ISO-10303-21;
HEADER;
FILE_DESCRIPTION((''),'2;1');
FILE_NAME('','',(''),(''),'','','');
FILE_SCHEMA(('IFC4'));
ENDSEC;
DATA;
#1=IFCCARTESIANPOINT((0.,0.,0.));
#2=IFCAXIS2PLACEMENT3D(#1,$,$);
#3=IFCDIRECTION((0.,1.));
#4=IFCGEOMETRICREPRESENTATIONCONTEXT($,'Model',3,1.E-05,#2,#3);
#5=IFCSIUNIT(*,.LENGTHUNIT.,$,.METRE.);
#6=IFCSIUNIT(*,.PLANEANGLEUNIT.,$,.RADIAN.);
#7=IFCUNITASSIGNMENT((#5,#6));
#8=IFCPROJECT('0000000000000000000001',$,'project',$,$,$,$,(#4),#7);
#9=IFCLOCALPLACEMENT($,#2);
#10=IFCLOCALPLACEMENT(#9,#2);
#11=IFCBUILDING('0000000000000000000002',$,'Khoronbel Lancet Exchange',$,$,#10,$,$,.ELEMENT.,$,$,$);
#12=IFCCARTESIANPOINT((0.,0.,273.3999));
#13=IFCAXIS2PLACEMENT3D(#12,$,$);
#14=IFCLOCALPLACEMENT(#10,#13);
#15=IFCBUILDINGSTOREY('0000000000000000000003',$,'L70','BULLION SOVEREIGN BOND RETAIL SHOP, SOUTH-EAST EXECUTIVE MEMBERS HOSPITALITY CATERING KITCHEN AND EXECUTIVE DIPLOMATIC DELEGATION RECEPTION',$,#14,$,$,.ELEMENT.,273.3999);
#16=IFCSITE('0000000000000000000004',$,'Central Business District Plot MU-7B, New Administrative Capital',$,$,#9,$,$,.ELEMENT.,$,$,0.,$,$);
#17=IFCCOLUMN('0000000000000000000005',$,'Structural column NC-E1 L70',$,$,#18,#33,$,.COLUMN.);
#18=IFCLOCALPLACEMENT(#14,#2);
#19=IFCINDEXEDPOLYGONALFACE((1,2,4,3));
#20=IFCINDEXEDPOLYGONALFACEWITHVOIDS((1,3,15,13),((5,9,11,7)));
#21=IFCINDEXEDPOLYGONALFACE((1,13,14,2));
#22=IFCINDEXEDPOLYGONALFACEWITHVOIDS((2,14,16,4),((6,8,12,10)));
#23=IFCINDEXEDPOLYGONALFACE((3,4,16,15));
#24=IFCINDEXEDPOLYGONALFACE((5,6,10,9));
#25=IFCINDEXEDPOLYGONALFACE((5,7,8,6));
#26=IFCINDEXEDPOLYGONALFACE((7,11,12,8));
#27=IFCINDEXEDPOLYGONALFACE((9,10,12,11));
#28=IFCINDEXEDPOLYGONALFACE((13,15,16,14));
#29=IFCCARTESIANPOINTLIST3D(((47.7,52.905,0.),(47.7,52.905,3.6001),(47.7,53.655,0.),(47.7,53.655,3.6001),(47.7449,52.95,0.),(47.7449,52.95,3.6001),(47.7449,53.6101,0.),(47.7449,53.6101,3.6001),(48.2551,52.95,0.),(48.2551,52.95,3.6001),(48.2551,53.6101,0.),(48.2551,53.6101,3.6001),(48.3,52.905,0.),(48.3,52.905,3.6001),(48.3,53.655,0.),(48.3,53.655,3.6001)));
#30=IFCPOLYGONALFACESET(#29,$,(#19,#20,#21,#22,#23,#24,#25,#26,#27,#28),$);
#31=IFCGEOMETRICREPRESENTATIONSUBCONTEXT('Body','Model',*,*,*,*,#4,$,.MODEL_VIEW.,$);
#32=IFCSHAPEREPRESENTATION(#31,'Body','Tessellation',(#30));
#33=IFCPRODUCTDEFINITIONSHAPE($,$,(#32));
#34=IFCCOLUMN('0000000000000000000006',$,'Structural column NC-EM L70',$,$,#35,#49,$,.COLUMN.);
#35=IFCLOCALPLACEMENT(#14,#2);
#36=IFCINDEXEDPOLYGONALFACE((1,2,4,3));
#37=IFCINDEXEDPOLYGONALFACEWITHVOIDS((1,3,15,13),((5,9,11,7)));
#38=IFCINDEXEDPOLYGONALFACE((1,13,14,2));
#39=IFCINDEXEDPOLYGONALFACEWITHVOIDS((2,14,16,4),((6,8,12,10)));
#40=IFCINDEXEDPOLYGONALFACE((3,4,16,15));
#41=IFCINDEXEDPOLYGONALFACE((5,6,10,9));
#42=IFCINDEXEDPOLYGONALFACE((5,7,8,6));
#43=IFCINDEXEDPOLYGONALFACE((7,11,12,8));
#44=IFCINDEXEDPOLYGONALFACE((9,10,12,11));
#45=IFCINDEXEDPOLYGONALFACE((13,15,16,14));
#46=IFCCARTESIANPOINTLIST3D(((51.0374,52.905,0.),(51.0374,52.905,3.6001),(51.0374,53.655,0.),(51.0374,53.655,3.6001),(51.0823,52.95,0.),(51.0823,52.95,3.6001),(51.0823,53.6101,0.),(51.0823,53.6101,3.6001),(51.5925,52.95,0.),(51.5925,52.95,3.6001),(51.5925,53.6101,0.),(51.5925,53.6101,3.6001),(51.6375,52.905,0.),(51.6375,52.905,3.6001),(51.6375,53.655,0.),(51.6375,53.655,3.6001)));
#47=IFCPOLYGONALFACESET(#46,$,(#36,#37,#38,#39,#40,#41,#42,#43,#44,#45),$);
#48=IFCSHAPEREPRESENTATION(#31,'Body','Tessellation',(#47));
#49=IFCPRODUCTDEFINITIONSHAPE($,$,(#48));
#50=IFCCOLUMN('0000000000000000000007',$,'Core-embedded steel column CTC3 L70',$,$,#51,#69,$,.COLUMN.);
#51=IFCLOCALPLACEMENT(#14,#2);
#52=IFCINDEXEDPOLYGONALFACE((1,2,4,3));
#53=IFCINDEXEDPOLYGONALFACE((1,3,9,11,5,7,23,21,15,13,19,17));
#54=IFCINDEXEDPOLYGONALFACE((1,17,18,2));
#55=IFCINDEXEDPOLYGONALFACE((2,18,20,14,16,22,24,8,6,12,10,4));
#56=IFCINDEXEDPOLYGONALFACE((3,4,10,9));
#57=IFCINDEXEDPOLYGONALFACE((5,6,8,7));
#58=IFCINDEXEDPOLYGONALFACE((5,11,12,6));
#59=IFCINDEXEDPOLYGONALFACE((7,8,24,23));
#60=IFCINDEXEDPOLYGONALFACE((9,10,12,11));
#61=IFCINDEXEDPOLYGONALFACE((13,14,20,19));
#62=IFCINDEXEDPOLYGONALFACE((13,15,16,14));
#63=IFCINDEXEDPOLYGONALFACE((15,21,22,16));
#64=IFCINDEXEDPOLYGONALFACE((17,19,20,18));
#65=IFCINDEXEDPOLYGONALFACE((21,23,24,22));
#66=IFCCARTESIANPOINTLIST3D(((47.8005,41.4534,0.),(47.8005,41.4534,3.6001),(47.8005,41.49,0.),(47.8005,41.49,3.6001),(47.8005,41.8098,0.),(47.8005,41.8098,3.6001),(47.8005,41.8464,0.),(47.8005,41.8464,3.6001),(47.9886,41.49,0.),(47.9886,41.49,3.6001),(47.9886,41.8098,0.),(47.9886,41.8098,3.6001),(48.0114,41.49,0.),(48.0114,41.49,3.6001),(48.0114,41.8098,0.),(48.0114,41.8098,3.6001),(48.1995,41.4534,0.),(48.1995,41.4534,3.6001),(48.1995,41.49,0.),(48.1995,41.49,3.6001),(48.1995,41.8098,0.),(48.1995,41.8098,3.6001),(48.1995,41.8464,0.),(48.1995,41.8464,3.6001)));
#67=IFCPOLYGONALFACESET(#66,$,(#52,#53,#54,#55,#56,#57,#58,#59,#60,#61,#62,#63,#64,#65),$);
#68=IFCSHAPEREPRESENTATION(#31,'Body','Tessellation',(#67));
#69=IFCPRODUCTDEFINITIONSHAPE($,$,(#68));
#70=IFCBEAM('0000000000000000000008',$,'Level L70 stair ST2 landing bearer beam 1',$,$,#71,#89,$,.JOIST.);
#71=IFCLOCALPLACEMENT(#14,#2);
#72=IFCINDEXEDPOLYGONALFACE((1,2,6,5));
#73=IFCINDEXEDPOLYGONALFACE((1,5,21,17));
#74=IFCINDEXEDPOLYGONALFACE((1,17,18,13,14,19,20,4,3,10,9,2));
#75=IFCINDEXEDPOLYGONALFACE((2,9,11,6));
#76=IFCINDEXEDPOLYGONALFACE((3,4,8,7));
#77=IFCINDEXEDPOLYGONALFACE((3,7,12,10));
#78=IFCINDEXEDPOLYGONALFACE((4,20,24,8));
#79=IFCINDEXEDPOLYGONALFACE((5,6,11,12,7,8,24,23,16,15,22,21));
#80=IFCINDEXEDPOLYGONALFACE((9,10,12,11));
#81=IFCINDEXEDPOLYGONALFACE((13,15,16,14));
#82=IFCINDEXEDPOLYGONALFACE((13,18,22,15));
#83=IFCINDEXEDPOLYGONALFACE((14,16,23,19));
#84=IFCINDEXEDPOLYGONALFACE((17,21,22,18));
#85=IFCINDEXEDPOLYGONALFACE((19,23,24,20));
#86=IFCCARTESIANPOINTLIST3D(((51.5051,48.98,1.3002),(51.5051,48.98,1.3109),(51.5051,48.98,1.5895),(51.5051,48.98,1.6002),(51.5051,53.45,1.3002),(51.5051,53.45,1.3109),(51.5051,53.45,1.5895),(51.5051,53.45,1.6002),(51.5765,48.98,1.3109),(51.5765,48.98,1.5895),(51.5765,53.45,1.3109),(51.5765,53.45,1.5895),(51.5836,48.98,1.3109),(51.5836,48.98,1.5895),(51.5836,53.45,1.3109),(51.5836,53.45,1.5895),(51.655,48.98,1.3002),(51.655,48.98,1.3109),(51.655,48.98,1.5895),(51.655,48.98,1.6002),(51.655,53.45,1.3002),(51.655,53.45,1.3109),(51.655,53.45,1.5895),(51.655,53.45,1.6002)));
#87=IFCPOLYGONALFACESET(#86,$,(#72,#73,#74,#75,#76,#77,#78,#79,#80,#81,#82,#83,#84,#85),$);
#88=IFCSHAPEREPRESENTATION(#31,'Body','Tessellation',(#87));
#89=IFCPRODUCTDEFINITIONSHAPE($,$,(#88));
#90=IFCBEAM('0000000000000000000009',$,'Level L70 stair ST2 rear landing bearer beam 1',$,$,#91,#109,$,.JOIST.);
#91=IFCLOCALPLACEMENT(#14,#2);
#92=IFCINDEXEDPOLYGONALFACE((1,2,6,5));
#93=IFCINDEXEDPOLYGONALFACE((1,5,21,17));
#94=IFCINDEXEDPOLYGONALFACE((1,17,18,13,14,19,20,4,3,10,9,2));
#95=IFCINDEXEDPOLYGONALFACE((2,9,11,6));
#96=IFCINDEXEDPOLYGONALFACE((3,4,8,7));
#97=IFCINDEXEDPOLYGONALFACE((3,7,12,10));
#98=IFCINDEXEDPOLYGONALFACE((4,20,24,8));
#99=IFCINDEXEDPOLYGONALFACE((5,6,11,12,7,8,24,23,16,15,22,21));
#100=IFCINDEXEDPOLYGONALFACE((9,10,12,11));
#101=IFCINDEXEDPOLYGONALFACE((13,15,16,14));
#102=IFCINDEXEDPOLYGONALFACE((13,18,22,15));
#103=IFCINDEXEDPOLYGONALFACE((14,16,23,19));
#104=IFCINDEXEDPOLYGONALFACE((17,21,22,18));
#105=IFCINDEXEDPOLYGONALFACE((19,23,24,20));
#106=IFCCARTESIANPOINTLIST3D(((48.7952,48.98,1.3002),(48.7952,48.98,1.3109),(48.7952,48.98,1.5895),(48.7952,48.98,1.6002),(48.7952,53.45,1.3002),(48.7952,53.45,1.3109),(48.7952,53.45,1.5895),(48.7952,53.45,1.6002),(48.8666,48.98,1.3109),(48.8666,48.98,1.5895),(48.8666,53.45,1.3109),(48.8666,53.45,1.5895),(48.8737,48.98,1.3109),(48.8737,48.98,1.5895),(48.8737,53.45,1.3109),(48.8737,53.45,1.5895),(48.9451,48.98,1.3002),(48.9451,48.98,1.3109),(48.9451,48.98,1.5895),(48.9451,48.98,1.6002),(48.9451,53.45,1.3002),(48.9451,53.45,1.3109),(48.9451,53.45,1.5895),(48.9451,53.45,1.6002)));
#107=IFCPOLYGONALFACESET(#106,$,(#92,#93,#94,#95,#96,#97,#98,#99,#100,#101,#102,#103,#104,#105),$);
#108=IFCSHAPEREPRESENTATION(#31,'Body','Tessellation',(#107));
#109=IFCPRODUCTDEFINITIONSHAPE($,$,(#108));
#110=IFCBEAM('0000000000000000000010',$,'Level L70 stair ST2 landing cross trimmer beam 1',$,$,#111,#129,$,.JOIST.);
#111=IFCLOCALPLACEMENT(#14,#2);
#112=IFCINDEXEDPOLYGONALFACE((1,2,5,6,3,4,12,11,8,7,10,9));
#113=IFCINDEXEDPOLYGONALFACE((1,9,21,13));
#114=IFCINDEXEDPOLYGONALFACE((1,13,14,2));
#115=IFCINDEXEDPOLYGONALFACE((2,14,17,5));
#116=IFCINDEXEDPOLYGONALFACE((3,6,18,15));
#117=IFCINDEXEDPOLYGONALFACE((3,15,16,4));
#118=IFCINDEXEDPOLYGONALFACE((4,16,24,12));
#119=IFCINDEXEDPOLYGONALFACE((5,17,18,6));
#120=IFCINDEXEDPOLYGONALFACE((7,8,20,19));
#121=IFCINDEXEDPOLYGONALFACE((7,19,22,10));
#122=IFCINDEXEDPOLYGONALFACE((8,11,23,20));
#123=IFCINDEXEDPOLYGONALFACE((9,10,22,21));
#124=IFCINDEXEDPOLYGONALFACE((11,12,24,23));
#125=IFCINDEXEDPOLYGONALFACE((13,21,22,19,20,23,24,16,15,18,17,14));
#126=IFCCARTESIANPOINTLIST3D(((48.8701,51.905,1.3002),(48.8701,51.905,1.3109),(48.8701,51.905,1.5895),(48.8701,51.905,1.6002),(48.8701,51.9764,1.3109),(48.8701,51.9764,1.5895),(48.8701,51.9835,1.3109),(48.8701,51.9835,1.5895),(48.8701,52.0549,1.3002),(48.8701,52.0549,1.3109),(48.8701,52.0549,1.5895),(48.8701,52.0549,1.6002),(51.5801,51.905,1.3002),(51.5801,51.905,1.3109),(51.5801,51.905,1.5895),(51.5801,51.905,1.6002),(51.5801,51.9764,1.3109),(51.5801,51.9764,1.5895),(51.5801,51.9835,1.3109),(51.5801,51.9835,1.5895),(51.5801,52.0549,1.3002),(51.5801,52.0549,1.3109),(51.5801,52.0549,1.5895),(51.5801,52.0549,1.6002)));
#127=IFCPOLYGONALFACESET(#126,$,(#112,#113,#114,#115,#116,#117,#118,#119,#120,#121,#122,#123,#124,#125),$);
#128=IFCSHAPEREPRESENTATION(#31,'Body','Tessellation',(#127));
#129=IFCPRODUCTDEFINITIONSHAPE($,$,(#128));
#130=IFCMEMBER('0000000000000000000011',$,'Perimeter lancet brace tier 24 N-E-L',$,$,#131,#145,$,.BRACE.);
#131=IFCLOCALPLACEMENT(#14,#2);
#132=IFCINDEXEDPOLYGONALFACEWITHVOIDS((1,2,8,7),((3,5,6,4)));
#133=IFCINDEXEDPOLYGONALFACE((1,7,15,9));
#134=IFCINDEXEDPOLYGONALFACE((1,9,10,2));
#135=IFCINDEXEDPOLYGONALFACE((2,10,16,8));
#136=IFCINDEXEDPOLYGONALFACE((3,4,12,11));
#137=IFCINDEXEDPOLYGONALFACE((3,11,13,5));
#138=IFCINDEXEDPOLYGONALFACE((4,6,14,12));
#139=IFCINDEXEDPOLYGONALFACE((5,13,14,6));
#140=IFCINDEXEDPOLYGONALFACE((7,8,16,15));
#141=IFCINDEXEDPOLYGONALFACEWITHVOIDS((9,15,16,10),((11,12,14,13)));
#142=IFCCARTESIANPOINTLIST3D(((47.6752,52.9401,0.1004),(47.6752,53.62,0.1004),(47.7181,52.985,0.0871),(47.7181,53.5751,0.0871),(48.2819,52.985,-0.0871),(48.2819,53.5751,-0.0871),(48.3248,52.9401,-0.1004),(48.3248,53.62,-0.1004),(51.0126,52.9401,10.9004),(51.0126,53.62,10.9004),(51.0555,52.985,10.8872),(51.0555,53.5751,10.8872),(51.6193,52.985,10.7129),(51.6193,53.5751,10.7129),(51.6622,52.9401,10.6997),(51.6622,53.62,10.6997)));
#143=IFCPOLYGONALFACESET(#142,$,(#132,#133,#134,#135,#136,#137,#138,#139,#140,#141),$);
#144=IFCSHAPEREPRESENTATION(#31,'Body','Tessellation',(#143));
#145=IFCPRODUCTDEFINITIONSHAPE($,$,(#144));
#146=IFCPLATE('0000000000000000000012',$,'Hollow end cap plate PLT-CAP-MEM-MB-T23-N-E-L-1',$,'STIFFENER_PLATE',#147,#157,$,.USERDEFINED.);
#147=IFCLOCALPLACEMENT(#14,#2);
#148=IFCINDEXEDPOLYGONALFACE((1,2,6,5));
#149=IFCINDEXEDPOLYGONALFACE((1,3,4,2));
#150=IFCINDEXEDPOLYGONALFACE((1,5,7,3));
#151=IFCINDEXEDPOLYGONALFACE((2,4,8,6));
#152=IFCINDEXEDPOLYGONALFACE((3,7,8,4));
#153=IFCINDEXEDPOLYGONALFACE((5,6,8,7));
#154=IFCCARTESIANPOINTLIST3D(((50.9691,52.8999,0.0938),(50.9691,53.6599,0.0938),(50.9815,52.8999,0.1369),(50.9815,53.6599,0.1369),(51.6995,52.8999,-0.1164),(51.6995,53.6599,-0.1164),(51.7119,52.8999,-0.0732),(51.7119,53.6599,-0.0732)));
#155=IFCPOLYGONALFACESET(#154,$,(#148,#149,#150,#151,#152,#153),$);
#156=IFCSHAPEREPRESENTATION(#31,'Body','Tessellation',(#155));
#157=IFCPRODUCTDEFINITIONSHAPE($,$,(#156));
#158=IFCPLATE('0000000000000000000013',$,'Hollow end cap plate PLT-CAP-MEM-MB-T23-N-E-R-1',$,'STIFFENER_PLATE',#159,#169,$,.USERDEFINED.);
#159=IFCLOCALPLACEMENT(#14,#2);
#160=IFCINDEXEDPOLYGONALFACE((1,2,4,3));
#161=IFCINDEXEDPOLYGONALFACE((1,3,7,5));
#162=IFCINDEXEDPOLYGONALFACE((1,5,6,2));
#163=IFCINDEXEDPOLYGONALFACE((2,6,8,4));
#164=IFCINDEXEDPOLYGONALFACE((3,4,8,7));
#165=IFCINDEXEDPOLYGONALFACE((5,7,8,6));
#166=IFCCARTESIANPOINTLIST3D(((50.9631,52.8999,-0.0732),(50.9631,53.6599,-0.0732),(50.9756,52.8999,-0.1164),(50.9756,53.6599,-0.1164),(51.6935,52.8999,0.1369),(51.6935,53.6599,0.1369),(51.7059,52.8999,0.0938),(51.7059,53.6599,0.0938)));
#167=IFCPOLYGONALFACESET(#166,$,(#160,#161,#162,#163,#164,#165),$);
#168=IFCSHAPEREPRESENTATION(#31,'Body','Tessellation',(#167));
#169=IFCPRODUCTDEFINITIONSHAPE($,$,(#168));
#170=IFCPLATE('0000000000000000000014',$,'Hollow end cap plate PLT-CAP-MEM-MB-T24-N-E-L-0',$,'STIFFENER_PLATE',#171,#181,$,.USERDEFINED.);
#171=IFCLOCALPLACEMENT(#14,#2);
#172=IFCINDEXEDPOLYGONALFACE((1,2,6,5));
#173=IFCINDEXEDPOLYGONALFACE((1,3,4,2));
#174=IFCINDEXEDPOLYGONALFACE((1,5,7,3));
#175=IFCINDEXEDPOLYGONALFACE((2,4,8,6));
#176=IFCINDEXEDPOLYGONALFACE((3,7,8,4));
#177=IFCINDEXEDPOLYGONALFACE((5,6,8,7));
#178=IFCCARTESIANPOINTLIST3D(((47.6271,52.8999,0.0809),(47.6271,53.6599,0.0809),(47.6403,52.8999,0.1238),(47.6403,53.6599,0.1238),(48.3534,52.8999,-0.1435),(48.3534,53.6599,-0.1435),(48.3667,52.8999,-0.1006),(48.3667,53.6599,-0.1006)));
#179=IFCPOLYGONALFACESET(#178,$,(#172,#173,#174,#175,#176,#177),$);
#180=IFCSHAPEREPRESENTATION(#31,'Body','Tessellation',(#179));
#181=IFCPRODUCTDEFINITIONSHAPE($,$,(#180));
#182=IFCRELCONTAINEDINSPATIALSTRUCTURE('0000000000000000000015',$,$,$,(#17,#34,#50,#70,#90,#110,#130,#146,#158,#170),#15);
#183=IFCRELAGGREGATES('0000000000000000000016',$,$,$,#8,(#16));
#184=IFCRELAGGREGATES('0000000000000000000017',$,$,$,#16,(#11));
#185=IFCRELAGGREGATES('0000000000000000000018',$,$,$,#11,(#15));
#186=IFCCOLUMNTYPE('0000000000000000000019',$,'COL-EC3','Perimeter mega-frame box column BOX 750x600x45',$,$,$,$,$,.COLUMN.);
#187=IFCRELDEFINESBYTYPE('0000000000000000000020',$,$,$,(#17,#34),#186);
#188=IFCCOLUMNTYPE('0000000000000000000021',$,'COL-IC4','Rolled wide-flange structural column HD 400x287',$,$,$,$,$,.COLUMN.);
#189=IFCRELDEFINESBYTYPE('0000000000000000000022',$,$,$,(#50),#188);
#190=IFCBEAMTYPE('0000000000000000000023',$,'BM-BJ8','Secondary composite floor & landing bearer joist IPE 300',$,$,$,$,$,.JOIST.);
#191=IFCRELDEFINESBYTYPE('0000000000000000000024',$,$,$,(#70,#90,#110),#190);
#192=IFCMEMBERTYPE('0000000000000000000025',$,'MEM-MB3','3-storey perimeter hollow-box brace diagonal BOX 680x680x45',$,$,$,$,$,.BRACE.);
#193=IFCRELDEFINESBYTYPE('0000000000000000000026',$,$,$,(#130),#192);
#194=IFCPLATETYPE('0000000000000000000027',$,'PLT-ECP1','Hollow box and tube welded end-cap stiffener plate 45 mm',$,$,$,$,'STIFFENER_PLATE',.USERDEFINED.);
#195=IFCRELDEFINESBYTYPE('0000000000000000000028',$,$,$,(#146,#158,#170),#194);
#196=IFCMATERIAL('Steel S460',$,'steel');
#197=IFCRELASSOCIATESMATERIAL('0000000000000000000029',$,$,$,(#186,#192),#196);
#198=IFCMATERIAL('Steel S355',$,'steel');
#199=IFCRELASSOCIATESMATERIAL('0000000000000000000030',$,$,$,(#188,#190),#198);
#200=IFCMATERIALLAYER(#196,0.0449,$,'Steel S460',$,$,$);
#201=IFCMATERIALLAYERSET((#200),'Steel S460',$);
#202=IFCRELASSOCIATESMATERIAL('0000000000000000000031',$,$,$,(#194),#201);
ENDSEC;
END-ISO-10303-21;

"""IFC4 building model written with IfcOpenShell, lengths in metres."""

from ifc_helpers import new_model, si_unit, direction, frame, origin, origin_2d, place, context, subcontext, project, spatial, polyline, hollow_rectangle, i_section, outline, extrude, material, layer, layer_set, material_profile, profile_set, type_object, element, save


model = new_model("IFC4")

# Units and contexts
model_context = context("Model", 3, precision=1e-05, world=origin(), true_north=direction((0.0, 1.0)))
body_context = subcontext(model_context, "Body", "Model", "MODEL_VIEW")
ifc_project = project(units=[si_unit("LENGTHUNIT", "METRE"), si_unit("PLANEANGLEUNIT", "RADIAN")], contexts=[model_context])

# Site, building, storey
site_placement = place(None, origin())
site = spatial("IfcSite", under=ifc_project, at=site_placement, Name="Central Business District Plot MU-7B, New Administrative Capital", CompositionType="ELEMENT", RefElevation=0.0)
building_placement = place(site_placement, origin())
building = spatial("IfcBuilding", under=site, at=building_placement, Name="Khoronbel Lancet Exchange", CompositionType="ELEMENT")
storey_placement = place(building_placement, frame((0.0, 0.0, 273.3999)))
storey = spatial("IfcBuildingStorey", under=building, at=storey_placement, Name="L70", Description="BULLION SOVEREIGN BOND RETAIL SHOP, SOUTH-EAST EXECUTIVE MEMBERS HOSPITALITY CATERING KITCHEN AND EXECUTIVE DIPLOMATIC DELEGATION RECEPTION", CompositionType="ELEMENT", Elevation=273.3999)

# Columns
ifc_material_1 = material(Name="Steel S460", Category="steel")
ifc_material_profile_1 = material_profile(ifc_material_1, hollow_rectangle(XDim=0.6001, YDim=0.75, WallThickness=0.0449, at=origin_2d()), Name="BOX 750x600x45")
ifc_profile_set_1 = profile_set([ifc_material_profile_1], Name="Steel S460")
column_type_1 = type_object("IfcColumnType", Name="COL-EC3", Description="Perimeter mega-frame box column BOX 750x600x45", PredefinedType="COLUMN", material=ifc_profile_set_1)
for number, where, z_axis, x_axis, name in (
    (1, (48.0, 53.28, 0.0), (0.0, 0.0, 1.0), (1.0, 0.0, 0.0), "Structural column NC-E1 L70"),
    (2, (51.3374, 53.28, 0.0), (0.0, 0.0, 1.0), (1.0, 0.0, 0.0), "Structural column NC-EM L70"),
):
    element("IfcColumn", number, at=place(storey_placement, frame(where, z_axis=z_axis, x_axis=x_axis)), inside=storey, type_object=column_type_1, Name=name, PredefinedType="COLUMN", context=body_context, shape_type="SweptSolid", body=[
        extrude(hollow_rectangle(XDim=0.6001, YDim=0.75, WallThickness=0.0449, at=origin_2d()), origin(), (0.0, 0.0, 1.0), 3.6001),
    ])
ifc_material_2 = material(Name="Steel S355", Category="steel")
ifc_material_profile_2 = material_profile(ifc_material_2, i_section(OverallWidth=0.3989, OverallDepth=0.3931, WebThickness=0.0227, FlangeThickness=0.0366, at=origin_2d()), Name="HD 400x287")
ifc_profile_set_2 = profile_set([ifc_material_profile_2], Name="Steel S355")
column_type_2 = type_object("IfcColumnType", Name="COL-IC4", Description="Rolled wide-flange structural column HD 400x287", PredefinedType="COLUMN", material=ifc_profile_set_2)
column_placement = place(storey_placement, frame((48.0, 41.6499, 0.0), z_axis=(0.0, 0.0, 1.0), x_axis=(1.0, 0.0, 0.0)))
element("IfcColumn", 3, at=column_placement, inside=storey, type_object=column_type_2, Name="Core-embedded steel column CTC3 L70", PredefinedType="COLUMN", context=body_context, shape_type="SweptSolid", body=[
    extrude(i_section(OverallWidth=0.3989, OverallDepth=0.3931, WebThickness=0.0227, FlangeThickness=0.0366, at=origin_2d()), origin(), (0.0, 0.0, 1.0), 3.6001),
])

# Beams
ifc_material_profile_3 = material_profile(ifc_material_2, i_section(OverallWidth=0.1499, OverallDepth=0.3, WebThickness=0.0071, FlangeThickness=0.0107, at=origin_2d()), Name="IPE 300")
ifc_profile_set_3 = profile_set([ifc_material_profile_3], Name="Steel S355")
beam_type = type_object("IfcBeamType", Name="BM-BJ8", Description="Secondary composite floor & landing bearer joist IPE 300", PredefinedType="JOIST", material=ifc_profile_set_3)
for number, where, z_axis, x_axis, name in (
    (4, (51.5801, 48.98, 1.4502), (0.0, 1.0, 0.0), (-1.0, 0.0, 0.0), "Level L70 stair ST2 landing bearer beam 1"),
    (5, (48.8701, 48.98, 1.4502), (0.0, 1.0, 0.0), (-1.0, 0.0, 0.0), "Level L70 stair ST2 rear landing bearer beam 1"),
):
    element("IfcBeam", number, at=place(storey_placement, frame(where, z_axis=z_axis, x_axis=x_axis)), inside=storey, type_object=beam_type, Name=name, PredefinedType="JOIST", context=body_context, shape_type="SweptSolid", body=[
        extrude(i_section(OverallWidth=0.1499, OverallDepth=0.3, WebThickness=0.0071, FlangeThickness=0.0107, at=origin_2d()), origin(), (0.0, 0.0, 1.0), 4.47),
    ])
beam_placement = place(storey_placement, frame((48.8701, 51.98, 1.4502), z_axis=(1.0, 0.0, 0.0), x_axis=(0.0, 1.0, 0.0)))
element("IfcBeam", 6, at=beam_placement, inside=storey, type_object=beam_type, Name="Level L70 stair ST2 landing cross trimmer beam 1", PredefinedType="JOIST", context=body_context, shape_type="SweptSolid", body=[
    extrude(i_section(OverallWidth=0.1499, OverallDepth=0.3, WebThickness=0.0071, FlangeThickness=0.0107, at=origin_2d()), origin(), (0.0, 0.0, 1.0), 2.71),
])

# Member
ifc_material_profile_4 = material_profile(ifc_material_1, hollow_rectangle(XDim=0.6799, YDim=0.6799, WallThickness=0.0449, at=origin_2d()), Name="BOX 680x680x45")
ifc_profile_set_4 = profile_set([ifc_material_profile_4], Name="Steel S460")
member_type = type_object("IfcMemberType", Name="MEM-MB3", Description="3-storey perimeter hollow-box brace diagonal BOX 680x680x45", PredefinedType="BRACE", material=ifc_profile_set_4)
member_placement = place(storey_placement, frame((48.0, 53.28, 0.0), z_axis=(0.295242, 0.0, 0.955422), x_axis=(0.0, 1.0, 0.0)))
element("IfcMember", 7, at=member_placement, inside=storey, type_object=member_type, Name="Perimeter lancet brace tier 24 N-E-L", PredefinedType="BRACE", context=body_context, shape_type="SweptSolid", body=[
    extrude(hollow_rectangle(XDim=0.6799, YDim=0.6799, WallThickness=0.0449, at=origin_2d()), origin(), (0.0, 0.0, 1.0), 11.304),
])

# Plates
ifc_layer_1 = layer(ifc_material_1, 0.0449, Name="Steel S460")
ifc_layer_set_1 = layer_set([ifc_layer_1], Name="Steel S460")
plate_type = type_object("IfcPlateType", Name="PLT-ECP1", Description="Hollow box and tube welded end-cap stiffener plate 45 mm", ElementType="STIFFENER_PLATE", PredefinedType="USERDEFINED", material=ifc_layer_set_1)
for number, where, z_axis, x_axis, name in (
    (8, (51.7119, 52.8999, -0.0732), (0.276545, 0.0, 0.961001), (0.0, 1.0, 0.0), "Hollow end cap plate PLT-CAP-MEM-MB-T23-N-E-L-1"),
    (9, (50.9631, 53.6599, -0.0732), (-0.276545, 0.0, 0.961001), (0.0, -1.0, 0.0), "Hollow end cap plate PLT-CAP-MEM-MB-T23-N-E-R-1"),
):
    element("IfcPlate", number, at=place(storey_placement, frame(where, z_axis=z_axis, x_axis=x_axis)), inside=storey, type_object=plate_type, Name=name, ObjectType="STIFFENER_PLATE", PredefinedType="USERDEFINED", context=body_context, shape_type="SweptSolid", body=[
        extrude(outline(polyline([(0.0, 0.0), (0.76, 0.0), (0.76, 0.76), (0.0, 0.76), (0.0, 0.0)])), origin(), (0.0, 0.0, -1.0), 0.0449),
    ])
plate_placement = place(storey_placement, frame((48.3667, 52.8999, -0.1006), z_axis=(0.295146, 0.0, 0.955452), x_axis=(0.0, 1.0, 0.0)))
element("IfcPlate", 10, at=plate_placement, inside=storey, type_object=plate_type, Name="Hollow end cap plate PLT-CAP-MEM-MB-T24-N-E-L-0", ObjectType="STIFFENER_PLATE", PredefinedType="USERDEFINED", context=body_context, shape_type="SweptSolid", body=[
    extrude(outline(polyline([(0.0, 0.0), (0.76, 0.0), (0.76, 0.7603), (0.0, 0.7603), (0.0, 0.0)])), origin(), (0.0, 0.0, -1.0), 0.0449),
])

save(model, "model.ifc")
